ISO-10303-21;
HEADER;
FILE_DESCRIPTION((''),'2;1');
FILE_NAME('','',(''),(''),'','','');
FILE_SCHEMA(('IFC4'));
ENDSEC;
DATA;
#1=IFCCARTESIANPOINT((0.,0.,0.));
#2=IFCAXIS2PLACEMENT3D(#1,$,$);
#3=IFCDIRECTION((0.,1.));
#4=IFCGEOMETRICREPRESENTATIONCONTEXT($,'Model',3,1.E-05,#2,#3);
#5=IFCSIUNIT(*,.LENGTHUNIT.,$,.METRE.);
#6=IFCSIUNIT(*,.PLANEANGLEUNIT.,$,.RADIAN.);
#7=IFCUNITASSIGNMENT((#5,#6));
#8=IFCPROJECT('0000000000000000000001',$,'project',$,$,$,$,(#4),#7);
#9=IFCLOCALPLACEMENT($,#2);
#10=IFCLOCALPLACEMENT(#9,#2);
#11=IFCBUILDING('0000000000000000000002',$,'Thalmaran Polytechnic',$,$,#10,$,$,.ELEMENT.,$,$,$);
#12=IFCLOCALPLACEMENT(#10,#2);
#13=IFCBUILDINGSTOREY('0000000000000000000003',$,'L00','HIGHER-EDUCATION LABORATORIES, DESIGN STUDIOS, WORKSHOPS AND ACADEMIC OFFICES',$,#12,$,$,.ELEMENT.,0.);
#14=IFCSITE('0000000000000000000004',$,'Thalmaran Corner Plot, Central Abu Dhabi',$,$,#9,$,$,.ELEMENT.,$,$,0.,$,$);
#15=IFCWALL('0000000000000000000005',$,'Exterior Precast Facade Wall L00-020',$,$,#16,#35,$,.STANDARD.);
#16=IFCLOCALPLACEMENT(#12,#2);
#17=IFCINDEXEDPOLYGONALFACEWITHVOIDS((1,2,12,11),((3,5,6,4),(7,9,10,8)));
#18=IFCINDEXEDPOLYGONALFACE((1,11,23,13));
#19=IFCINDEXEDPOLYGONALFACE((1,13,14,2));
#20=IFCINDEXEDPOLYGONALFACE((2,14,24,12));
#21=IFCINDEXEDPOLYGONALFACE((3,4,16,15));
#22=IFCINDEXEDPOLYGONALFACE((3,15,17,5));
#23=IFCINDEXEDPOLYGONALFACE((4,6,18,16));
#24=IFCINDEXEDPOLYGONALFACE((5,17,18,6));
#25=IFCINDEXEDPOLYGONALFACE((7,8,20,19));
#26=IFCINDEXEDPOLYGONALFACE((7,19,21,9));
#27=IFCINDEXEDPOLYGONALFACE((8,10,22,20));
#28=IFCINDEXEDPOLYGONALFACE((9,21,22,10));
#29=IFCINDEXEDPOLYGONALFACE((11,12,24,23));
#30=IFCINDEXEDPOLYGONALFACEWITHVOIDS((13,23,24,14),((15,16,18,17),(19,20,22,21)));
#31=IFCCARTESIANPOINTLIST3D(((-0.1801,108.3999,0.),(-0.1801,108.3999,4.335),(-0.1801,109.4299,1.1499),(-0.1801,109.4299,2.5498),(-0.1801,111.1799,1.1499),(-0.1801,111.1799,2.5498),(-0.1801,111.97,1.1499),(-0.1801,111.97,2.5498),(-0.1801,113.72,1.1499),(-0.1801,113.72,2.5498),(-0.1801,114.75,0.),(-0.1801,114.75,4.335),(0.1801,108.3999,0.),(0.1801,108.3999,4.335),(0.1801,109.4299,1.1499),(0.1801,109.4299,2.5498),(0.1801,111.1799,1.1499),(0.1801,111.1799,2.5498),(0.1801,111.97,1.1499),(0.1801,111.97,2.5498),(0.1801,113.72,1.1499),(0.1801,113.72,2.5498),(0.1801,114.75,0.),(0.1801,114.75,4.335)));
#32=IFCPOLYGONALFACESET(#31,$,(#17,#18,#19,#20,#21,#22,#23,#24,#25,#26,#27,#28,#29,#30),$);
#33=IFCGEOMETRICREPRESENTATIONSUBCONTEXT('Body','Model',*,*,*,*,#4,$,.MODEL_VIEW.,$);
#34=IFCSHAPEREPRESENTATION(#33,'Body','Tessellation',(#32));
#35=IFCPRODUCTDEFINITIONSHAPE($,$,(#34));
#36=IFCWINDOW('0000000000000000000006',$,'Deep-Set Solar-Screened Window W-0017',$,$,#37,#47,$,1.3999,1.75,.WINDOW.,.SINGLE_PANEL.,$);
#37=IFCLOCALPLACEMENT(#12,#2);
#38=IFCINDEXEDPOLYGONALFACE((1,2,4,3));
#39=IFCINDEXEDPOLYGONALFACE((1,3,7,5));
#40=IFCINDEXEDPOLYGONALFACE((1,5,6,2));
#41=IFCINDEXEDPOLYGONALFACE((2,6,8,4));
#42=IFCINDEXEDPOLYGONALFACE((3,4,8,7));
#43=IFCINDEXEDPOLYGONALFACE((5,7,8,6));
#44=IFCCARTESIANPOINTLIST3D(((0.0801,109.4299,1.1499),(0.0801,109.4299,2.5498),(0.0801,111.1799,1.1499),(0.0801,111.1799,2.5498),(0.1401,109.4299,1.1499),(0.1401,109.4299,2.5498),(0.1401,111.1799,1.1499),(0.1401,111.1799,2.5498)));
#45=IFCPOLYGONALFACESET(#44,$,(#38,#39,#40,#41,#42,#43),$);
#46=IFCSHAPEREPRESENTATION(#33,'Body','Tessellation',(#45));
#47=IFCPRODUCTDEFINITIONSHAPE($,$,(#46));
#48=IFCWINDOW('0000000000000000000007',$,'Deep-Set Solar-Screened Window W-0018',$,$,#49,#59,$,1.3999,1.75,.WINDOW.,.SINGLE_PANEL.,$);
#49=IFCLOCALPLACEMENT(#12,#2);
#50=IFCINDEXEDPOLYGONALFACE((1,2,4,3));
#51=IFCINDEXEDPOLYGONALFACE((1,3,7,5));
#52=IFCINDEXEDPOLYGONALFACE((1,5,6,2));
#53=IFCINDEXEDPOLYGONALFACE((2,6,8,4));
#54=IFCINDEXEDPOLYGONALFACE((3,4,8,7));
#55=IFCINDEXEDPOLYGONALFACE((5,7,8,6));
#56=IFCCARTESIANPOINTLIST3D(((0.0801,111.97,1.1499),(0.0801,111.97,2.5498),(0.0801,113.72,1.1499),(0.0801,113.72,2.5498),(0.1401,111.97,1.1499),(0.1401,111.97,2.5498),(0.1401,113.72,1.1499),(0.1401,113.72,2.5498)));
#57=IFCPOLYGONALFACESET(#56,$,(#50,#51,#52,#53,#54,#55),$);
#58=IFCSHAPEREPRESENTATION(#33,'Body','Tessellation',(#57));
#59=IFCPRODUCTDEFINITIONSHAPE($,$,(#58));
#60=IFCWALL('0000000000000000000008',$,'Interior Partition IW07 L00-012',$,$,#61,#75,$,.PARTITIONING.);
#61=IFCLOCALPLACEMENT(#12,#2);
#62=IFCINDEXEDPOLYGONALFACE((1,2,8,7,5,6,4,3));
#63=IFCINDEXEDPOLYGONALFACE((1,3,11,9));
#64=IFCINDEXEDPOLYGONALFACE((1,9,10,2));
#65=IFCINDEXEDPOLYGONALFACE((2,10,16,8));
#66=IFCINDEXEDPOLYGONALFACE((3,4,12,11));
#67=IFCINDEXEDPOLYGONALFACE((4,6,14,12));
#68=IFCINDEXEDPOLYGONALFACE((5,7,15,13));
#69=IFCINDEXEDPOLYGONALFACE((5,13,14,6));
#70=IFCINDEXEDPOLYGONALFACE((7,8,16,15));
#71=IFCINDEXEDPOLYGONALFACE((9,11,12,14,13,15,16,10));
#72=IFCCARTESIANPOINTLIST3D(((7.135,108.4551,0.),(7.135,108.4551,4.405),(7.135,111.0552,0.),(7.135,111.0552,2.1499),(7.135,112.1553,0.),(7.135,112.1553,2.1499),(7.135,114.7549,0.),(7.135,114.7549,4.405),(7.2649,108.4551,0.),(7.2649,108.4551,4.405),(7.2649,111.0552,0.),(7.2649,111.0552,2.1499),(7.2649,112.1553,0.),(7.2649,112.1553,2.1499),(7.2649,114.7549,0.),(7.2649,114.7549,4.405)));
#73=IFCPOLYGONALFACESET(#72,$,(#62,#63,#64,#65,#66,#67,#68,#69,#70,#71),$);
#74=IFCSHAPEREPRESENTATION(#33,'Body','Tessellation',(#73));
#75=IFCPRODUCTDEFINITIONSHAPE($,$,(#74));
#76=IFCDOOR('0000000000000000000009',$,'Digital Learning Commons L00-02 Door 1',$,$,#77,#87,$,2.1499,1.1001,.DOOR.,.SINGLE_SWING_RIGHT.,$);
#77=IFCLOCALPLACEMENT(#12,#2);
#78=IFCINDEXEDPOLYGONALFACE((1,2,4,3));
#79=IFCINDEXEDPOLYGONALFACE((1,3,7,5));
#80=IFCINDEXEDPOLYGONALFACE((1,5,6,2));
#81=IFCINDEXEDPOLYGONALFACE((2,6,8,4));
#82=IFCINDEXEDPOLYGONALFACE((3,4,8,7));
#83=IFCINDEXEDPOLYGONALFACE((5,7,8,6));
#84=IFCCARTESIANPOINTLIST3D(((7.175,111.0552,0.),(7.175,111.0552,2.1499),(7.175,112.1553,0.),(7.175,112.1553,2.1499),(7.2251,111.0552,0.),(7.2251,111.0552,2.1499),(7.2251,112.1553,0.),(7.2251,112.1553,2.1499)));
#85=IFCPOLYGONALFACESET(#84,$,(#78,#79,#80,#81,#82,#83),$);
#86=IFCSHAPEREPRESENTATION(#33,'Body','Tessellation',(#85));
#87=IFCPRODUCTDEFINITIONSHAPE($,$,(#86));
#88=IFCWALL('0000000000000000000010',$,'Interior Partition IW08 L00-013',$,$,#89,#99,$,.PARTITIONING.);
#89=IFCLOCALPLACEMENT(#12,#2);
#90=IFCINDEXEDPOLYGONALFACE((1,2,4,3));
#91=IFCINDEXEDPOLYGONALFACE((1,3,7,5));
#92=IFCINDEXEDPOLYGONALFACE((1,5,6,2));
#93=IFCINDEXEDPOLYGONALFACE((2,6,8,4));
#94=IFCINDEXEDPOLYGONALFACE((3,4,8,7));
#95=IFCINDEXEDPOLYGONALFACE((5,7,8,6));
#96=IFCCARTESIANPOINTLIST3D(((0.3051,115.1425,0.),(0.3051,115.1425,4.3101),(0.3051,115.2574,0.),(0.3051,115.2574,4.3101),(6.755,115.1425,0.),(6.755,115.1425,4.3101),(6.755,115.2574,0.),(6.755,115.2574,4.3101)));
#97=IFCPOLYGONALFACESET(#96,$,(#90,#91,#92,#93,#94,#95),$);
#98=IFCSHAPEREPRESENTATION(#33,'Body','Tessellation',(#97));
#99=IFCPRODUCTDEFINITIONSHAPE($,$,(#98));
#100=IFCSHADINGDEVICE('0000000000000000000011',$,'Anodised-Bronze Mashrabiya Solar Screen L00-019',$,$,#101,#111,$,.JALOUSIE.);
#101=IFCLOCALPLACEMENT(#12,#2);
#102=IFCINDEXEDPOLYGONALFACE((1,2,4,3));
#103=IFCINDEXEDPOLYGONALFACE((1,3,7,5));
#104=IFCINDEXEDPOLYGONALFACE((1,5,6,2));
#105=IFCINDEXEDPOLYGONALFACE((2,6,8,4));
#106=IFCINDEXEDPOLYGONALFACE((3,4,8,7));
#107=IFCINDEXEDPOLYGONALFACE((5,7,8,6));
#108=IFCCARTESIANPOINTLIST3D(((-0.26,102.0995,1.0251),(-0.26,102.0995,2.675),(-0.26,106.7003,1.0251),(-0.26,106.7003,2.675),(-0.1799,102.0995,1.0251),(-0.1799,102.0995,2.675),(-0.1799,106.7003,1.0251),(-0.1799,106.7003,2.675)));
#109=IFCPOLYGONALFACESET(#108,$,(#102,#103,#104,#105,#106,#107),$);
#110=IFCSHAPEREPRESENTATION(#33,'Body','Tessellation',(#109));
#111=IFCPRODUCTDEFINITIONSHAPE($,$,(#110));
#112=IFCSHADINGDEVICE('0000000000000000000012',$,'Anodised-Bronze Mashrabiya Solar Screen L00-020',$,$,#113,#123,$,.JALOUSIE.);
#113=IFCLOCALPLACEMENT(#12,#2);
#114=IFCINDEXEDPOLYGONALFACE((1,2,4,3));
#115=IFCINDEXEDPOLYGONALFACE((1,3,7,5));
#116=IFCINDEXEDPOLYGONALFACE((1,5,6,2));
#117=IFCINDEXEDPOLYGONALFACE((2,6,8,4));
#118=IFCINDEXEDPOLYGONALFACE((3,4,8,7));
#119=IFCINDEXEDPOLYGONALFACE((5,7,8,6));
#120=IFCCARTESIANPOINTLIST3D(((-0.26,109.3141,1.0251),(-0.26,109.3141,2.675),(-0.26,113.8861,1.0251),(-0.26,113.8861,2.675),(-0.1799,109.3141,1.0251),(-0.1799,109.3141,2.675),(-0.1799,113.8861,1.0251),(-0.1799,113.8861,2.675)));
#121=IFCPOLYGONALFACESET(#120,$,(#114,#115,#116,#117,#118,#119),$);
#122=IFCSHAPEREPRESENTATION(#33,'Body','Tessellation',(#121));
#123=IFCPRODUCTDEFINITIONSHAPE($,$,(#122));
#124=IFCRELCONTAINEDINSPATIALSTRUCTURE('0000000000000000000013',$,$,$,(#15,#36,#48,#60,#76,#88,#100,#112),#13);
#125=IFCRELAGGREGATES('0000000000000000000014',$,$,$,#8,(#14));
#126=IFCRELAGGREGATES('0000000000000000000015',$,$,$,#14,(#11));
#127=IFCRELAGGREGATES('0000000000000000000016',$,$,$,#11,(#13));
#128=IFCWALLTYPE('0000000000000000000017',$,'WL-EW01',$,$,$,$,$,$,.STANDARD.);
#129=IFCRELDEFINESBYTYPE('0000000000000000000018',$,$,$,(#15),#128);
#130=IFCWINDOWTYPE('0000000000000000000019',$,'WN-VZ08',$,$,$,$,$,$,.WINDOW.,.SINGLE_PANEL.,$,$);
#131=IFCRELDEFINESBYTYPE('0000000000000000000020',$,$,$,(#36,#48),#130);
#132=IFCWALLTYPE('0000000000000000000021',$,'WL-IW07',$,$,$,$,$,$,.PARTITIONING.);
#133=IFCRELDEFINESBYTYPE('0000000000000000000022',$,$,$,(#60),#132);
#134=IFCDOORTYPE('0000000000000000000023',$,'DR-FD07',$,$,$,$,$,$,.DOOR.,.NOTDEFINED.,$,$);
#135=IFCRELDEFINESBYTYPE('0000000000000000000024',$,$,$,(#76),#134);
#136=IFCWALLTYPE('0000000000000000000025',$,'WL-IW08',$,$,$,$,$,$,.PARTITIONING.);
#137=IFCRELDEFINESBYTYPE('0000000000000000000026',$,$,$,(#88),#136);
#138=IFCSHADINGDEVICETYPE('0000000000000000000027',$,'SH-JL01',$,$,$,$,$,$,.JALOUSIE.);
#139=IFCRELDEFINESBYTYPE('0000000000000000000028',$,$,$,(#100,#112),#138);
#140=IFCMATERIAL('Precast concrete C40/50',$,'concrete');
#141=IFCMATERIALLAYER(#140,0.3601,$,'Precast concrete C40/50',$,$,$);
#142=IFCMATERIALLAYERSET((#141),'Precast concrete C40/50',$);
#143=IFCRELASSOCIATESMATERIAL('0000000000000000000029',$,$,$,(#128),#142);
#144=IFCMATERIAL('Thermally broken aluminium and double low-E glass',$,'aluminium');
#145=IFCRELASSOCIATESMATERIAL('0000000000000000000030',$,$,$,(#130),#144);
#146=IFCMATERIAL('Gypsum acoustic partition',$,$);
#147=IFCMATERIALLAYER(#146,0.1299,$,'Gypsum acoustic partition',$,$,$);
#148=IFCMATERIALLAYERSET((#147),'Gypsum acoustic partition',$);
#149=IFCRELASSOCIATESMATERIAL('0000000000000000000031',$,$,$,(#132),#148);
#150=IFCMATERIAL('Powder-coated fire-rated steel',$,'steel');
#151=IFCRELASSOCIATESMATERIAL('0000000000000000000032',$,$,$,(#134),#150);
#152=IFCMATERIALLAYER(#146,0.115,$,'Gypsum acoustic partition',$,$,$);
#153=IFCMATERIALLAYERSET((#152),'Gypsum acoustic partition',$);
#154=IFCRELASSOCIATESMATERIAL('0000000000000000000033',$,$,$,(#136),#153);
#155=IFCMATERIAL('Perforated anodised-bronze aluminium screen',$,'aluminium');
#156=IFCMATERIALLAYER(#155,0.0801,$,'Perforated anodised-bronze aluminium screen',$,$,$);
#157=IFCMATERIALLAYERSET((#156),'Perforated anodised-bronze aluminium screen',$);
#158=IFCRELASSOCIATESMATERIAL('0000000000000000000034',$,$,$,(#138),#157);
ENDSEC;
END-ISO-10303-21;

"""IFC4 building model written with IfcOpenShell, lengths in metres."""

from ifc_helpers import new_model, si_unit, direction, frame, frame_2d, origin, origin_2d, place, context, subcontext, project, spatial, rectangle, extrude, material, layer, layer_set, type_object, element, fill, save


model = new_model("IFC4")

# Units and contexts
model_context = context("Model", 3, precision=1e-05, world=origin(), true_north=direction((0.0, 1.0)))
body_context = subcontext(model_context, "Body", "Model", "MODEL_VIEW")
ifc_project = project(units=[si_unit("LENGTHUNIT", "METRE"), si_unit("PLANEANGLEUNIT", "RADIAN")], contexts=[model_context])

# Site, building, storey
site_placement = place(None, origin())
site = spatial("IfcSite", under=ifc_project, at=site_placement, Name="Thalmaran Corner Plot, Central Abu Dhabi", CompositionType="ELEMENT", RefElevation=0.0)
building_placement = place(site_placement, origin())
building = spatial("IfcBuilding", under=site, at=building_placement, Name="Thalmaran Polytechnic", CompositionType="ELEMENT")
storey_placement = place(building_placement, origin())
storey = spatial("IfcBuildingStorey", under=building, at=storey_placement, Name="L00", Description="HIGHER-EDUCATION LABORATORIES, DESIGN STUDIOS, WORKSHOPS AND ACADEMIC OFFICES", CompositionType="ELEMENT", Elevation=0.0)

# Wall, openings, windows
ifc_material_1 = material(Name="Precast concrete C40/50", Category="concrete")
ifc_layer_1 = layer(ifc_material_1, 0.3601, Name="Precast concrete C40/50")
ifc_layer_set_1 = layer_set([ifc_layer_1], Name="Precast concrete C40/50")
wall_type_1 = type_object("IfcWallType", Name="WL-EW01", PredefinedType="STANDARD", material=ifc_layer_set_1)
wall_1_placement = place(storey_placement, frame((0.0, 108.3999, 0.0), z_axis=(0.0, 0.0, 1.0), x_axis=(0.0, 1.0, 0.0)))
wall_1 = element("IfcWall", 1, at=wall_1_placement, inside=storey, type_object=wall_type_1, Name="Exterior Precast Facade Wall L00-020", PredefinedType="STANDARD", context=body_context, shape_type="SweptSolid", body=[
    extrude(rectangle(XDim=6.3501, YDim=0.3601, at=frame_2d((3.175, 0.0))), origin(), (0.0, 0.0, 1.0), 4.335),
])
opening_1_placement = place(wall_1_placement, frame((1.03, 0.0, 1.1499)))
opening_1 = element("IfcOpeningElement", 2, at=opening_1_placement, cuts=wall_1, PredefinedType="OPENING", context=body_context, shape_type="SweptSolid", body=[
    extrude(rectangle(XDim=1.75, YDim=1.3999, at=frame_2d((0.875, 0.7))), frame((0.0, 0.1899, 0.0), z_axis=(0.0, -1.0, 0.0), x_axis=(1.0, 0.0, 0.0)), (0.0, 0.0, 1.0), 0.3801),
])
opening_2_placement = place(wall_1_placement, frame((3.5701, 0.0, 1.1499)))
opening_2 = element("IfcOpeningElement", 3, at=opening_2_placement, cuts=wall_1, PredefinedType="OPENING", context=body_context, shape_type="SweptSolid", body=[
    extrude(rectangle(XDim=1.75, YDim=1.3999, at=frame_2d((0.875, 0.7))), frame((0.0, 0.1899, 0.0), z_axis=(0.0, -1.0, 0.0), x_axis=(1.0, 0.0, 0.0)), (0.0, 0.0, 1.0), 0.3801),
])
ifc_material_2 = material(Name="Thermally broken aluminium and double low-E glass", Category="aluminium")
window_type = type_object("IfcWindowType", Name="WN-VZ08", PartitioningType="SINGLE_PANEL", PredefinedType="WINDOW", material=ifc_material_2)
window_1_placement = place(opening_1_placement, origin())
window_1 = element("IfcWindow", 4, at=window_1_placement, inside=storey, type_object=window_type, Name="Deep-Set Solar-Screened Window W-0017", OverallHeight=1.3999, OverallWidth=1.75, PartitioningType="SINGLE_PANEL", PredefinedType="WINDOW", context=body_context, shape_type="SweptSolid", body=[
    extrude(rectangle(XDim=1.75, YDim=1.3999, at=frame_2d((0.875, 0.7))), frame((0.0, -0.0801, 0.0), z_axis=(0.0, -1.0, 0.0), x_axis=(1.0, 0.0, 0.0)), (0.0, 0.0, 1.0), 0.0601),
])
fill(opening_1, window_1)
window_2_placement = place(opening_2_placement, origin())
window_2 = element("IfcWindow", 5, at=window_2_placement, inside=storey, type_object=window_type, Name="Deep-Set Solar-Screened Window W-0018", OverallHeight=1.3999, OverallWidth=1.75, PartitioningType="SINGLE_PANEL", PredefinedType="WINDOW", context=body_context, shape_type="SweptSolid", body=[
    extrude(rectangle(XDim=1.75, YDim=1.3999, at=frame_2d((0.875, 0.7))), frame((0.0, -0.0801, 0.0), z_axis=(0.0, -1.0, 0.0), x_axis=(1.0, 0.0, 0.0)), (0.0, 0.0, 1.0), 0.0601),
])
fill(opening_2, window_2)

# Wall, opening, door
ifc_material_3 = material(Name="Gypsum acoustic partition")
ifc_layer_2 = layer(ifc_material_3, 0.1299, Name="Gypsum acoustic partition")
ifc_layer_set_2 = layer_set([ifc_layer_2], Name="Gypsum acoustic partition")
wall_type_2 = type_object("IfcWallType", Name="WL-IW07", PredefinedType="PARTITIONING", material=ifc_layer_set_2)
wall_2_placement = place(storey_placement, frame((7.2, 108.4551, 0.0), z_axis=(0.0, 0.0, 1.0), x_axis=(0.0, 1.0, 0.0)))
wall_2 = element("IfcWall", 6, at=wall_2_placement, inside=storey, type_object=wall_type_2, Name="Interior Partition IW07 L00-012", PredefinedType="PARTITIONING", context=body_context, shape_type="SweptSolid", body=[
    extrude(rectangle(XDim=6.2998, YDim=0.1299, at=frame_2d((3.1499, 0.0))), origin(), (0.0, 0.0, 1.0), 4.405),
])
opening_3_placement = place(wall_2_placement, frame((2.6001, 0.0, 0.0)))
opening_3 = element("IfcOpeningElement", 7, at=opening_3_placement, cuts=wall_2, PredefinedType="OPENING", context=body_context, shape_type="SweptSolid", body=[
    extrude(rectangle(XDim=1.1001, YDim=2.1499, at=frame_2d((0.55, 1.075))), frame((0.0, 0.075, 0.0), z_axis=(0.0, -1.0, 0.0), x_axis=(1.0, 0.0, 0.0)), (0.0, 0.0, 1.0), 0.1499),
])
ifc_material_4 = material(Name="Powder-coated fire-rated steel", Category="steel")
door_type = type_object("IfcDoorType", Name="DR-FD07", OperationType="NOTDEFINED", PredefinedType="DOOR", material=ifc_material_4)
door_placement = place(opening_3_placement, origin())
door = element("IfcDoor", 8, at=door_placement, inside=storey, type_object=door_type, Name="Digital Learning Commons L00-02 Door 1", OperationType="SINGLE_SWING_RIGHT", OverallHeight=2.1499, OverallWidth=1.1001, PredefinedType="DOOR", context=body_context, shape_type="SweptSolid", body=[
    extrude(rectangle(XDim=1.1001, YDim=2.1499, at=frame_2d((0.55, 1.075))), frame((0.0, 0.0249, 0.0), z_axis=(0.0, -1.0, 0.0), x_axis=(1.0, 0.0, 0.0)), (0.0, 0.0, 1.0), 0.05),
])
fill(opening_3, door)

# Wall
ifc_layer_3 = layer(ifc_material_3, 0.115, Name="Gypsum acoustic partition")
ifc_layer_set_3 = layer_set([ifc_layer_3], Name="Gypsum acoustic partition")
wall_type_3 = type_object("IfcWallType", Name="WL-IW08", PredefinedType="PARTITIONING", material=ifc_layer_set_3)
wall_3_placement = place(storey_placement, frame((0.3049, 115.2, 0.0), z_axis=(0.0, 0.0, 1.0), x_axis=(1.0, 0.0, 0.0)))
element("IfcWall", 9, at=wall_3_placement, inside=storey, type_object=wall_type_3, Name="Interior Partition IW08 L00-013", PredefinedType="PARTITIONING", context=body_context, shape_type="SweptSolid", body=[
    extrude(rectangle(XDim=6.45, YDim=0.115, at=frame_2d((3.2251, 0.0))), origin(), (0.0, 0.0, 1.0), 4.3101),
])

# Shading devices
ifc_material_5 = material(Name="Perforated anodised-bronze aluminium screen", Category="aluminium")
ifc_layer_4 = layer(ifc_material_5, 0.0801, Name="Perforated anodised-bronze aluminium screen")
ifc_layer_set_4 = layer_set([ifc_layer_4], Name="Perforated anodised-bronze aluminium screen")
shading_device_type = type_object("IfcShadingDeviceType", Name="SH-JL01", PredefinedType="JALOUSIE", material=ifc_layer_set_4)
shading_device_1_placement = place(storey_placement, frame((-0.22, 104.3999, 1.0251), z_axis=(0.0, 0.0, 1.0), x_axis=(0.0, 1.0, 0.0)))
element("IfcShadingDevice", 10, at=shading_device_1_placement, inside=storey, type_object=shading_device_type, Name="Anodised-Bronze Mashrabiya Solar Screen L00-019", PredefinedType="JALOUSIE", context=body_context, shape_type="SweptSolid", body=[
    extrude(rectangle(XDim=4.6008, YDim=0.0801, at=origin_2d()), origin(), (0.0, 0.0, 1.0), 1.6499),
])
shading_device_2_placement = place(storey_placement, frame((-0.22, 111.6001, 1.0251), z_axis=(0.0, 0.0, 1.0), x_axis=(0.0, 1.0, 0.0)))
element("IfcShadingDevice", 11, at=shading_device_2_placement, inside=storey, type_object=shading_device_type, Name="Anodised-Bronze Mashrabiya Solar Screen L00-020", PredefinedType="JALOUSIE", context=body_context, shape_type="SweptSolid", body=[
    extrude(rectangle(XDim=4.572, YDim=0.0801, at=origin_2d()), origin(), (0.0, 0.0, 1.0), 1.6499),
])

save(model, "model.ifc")
